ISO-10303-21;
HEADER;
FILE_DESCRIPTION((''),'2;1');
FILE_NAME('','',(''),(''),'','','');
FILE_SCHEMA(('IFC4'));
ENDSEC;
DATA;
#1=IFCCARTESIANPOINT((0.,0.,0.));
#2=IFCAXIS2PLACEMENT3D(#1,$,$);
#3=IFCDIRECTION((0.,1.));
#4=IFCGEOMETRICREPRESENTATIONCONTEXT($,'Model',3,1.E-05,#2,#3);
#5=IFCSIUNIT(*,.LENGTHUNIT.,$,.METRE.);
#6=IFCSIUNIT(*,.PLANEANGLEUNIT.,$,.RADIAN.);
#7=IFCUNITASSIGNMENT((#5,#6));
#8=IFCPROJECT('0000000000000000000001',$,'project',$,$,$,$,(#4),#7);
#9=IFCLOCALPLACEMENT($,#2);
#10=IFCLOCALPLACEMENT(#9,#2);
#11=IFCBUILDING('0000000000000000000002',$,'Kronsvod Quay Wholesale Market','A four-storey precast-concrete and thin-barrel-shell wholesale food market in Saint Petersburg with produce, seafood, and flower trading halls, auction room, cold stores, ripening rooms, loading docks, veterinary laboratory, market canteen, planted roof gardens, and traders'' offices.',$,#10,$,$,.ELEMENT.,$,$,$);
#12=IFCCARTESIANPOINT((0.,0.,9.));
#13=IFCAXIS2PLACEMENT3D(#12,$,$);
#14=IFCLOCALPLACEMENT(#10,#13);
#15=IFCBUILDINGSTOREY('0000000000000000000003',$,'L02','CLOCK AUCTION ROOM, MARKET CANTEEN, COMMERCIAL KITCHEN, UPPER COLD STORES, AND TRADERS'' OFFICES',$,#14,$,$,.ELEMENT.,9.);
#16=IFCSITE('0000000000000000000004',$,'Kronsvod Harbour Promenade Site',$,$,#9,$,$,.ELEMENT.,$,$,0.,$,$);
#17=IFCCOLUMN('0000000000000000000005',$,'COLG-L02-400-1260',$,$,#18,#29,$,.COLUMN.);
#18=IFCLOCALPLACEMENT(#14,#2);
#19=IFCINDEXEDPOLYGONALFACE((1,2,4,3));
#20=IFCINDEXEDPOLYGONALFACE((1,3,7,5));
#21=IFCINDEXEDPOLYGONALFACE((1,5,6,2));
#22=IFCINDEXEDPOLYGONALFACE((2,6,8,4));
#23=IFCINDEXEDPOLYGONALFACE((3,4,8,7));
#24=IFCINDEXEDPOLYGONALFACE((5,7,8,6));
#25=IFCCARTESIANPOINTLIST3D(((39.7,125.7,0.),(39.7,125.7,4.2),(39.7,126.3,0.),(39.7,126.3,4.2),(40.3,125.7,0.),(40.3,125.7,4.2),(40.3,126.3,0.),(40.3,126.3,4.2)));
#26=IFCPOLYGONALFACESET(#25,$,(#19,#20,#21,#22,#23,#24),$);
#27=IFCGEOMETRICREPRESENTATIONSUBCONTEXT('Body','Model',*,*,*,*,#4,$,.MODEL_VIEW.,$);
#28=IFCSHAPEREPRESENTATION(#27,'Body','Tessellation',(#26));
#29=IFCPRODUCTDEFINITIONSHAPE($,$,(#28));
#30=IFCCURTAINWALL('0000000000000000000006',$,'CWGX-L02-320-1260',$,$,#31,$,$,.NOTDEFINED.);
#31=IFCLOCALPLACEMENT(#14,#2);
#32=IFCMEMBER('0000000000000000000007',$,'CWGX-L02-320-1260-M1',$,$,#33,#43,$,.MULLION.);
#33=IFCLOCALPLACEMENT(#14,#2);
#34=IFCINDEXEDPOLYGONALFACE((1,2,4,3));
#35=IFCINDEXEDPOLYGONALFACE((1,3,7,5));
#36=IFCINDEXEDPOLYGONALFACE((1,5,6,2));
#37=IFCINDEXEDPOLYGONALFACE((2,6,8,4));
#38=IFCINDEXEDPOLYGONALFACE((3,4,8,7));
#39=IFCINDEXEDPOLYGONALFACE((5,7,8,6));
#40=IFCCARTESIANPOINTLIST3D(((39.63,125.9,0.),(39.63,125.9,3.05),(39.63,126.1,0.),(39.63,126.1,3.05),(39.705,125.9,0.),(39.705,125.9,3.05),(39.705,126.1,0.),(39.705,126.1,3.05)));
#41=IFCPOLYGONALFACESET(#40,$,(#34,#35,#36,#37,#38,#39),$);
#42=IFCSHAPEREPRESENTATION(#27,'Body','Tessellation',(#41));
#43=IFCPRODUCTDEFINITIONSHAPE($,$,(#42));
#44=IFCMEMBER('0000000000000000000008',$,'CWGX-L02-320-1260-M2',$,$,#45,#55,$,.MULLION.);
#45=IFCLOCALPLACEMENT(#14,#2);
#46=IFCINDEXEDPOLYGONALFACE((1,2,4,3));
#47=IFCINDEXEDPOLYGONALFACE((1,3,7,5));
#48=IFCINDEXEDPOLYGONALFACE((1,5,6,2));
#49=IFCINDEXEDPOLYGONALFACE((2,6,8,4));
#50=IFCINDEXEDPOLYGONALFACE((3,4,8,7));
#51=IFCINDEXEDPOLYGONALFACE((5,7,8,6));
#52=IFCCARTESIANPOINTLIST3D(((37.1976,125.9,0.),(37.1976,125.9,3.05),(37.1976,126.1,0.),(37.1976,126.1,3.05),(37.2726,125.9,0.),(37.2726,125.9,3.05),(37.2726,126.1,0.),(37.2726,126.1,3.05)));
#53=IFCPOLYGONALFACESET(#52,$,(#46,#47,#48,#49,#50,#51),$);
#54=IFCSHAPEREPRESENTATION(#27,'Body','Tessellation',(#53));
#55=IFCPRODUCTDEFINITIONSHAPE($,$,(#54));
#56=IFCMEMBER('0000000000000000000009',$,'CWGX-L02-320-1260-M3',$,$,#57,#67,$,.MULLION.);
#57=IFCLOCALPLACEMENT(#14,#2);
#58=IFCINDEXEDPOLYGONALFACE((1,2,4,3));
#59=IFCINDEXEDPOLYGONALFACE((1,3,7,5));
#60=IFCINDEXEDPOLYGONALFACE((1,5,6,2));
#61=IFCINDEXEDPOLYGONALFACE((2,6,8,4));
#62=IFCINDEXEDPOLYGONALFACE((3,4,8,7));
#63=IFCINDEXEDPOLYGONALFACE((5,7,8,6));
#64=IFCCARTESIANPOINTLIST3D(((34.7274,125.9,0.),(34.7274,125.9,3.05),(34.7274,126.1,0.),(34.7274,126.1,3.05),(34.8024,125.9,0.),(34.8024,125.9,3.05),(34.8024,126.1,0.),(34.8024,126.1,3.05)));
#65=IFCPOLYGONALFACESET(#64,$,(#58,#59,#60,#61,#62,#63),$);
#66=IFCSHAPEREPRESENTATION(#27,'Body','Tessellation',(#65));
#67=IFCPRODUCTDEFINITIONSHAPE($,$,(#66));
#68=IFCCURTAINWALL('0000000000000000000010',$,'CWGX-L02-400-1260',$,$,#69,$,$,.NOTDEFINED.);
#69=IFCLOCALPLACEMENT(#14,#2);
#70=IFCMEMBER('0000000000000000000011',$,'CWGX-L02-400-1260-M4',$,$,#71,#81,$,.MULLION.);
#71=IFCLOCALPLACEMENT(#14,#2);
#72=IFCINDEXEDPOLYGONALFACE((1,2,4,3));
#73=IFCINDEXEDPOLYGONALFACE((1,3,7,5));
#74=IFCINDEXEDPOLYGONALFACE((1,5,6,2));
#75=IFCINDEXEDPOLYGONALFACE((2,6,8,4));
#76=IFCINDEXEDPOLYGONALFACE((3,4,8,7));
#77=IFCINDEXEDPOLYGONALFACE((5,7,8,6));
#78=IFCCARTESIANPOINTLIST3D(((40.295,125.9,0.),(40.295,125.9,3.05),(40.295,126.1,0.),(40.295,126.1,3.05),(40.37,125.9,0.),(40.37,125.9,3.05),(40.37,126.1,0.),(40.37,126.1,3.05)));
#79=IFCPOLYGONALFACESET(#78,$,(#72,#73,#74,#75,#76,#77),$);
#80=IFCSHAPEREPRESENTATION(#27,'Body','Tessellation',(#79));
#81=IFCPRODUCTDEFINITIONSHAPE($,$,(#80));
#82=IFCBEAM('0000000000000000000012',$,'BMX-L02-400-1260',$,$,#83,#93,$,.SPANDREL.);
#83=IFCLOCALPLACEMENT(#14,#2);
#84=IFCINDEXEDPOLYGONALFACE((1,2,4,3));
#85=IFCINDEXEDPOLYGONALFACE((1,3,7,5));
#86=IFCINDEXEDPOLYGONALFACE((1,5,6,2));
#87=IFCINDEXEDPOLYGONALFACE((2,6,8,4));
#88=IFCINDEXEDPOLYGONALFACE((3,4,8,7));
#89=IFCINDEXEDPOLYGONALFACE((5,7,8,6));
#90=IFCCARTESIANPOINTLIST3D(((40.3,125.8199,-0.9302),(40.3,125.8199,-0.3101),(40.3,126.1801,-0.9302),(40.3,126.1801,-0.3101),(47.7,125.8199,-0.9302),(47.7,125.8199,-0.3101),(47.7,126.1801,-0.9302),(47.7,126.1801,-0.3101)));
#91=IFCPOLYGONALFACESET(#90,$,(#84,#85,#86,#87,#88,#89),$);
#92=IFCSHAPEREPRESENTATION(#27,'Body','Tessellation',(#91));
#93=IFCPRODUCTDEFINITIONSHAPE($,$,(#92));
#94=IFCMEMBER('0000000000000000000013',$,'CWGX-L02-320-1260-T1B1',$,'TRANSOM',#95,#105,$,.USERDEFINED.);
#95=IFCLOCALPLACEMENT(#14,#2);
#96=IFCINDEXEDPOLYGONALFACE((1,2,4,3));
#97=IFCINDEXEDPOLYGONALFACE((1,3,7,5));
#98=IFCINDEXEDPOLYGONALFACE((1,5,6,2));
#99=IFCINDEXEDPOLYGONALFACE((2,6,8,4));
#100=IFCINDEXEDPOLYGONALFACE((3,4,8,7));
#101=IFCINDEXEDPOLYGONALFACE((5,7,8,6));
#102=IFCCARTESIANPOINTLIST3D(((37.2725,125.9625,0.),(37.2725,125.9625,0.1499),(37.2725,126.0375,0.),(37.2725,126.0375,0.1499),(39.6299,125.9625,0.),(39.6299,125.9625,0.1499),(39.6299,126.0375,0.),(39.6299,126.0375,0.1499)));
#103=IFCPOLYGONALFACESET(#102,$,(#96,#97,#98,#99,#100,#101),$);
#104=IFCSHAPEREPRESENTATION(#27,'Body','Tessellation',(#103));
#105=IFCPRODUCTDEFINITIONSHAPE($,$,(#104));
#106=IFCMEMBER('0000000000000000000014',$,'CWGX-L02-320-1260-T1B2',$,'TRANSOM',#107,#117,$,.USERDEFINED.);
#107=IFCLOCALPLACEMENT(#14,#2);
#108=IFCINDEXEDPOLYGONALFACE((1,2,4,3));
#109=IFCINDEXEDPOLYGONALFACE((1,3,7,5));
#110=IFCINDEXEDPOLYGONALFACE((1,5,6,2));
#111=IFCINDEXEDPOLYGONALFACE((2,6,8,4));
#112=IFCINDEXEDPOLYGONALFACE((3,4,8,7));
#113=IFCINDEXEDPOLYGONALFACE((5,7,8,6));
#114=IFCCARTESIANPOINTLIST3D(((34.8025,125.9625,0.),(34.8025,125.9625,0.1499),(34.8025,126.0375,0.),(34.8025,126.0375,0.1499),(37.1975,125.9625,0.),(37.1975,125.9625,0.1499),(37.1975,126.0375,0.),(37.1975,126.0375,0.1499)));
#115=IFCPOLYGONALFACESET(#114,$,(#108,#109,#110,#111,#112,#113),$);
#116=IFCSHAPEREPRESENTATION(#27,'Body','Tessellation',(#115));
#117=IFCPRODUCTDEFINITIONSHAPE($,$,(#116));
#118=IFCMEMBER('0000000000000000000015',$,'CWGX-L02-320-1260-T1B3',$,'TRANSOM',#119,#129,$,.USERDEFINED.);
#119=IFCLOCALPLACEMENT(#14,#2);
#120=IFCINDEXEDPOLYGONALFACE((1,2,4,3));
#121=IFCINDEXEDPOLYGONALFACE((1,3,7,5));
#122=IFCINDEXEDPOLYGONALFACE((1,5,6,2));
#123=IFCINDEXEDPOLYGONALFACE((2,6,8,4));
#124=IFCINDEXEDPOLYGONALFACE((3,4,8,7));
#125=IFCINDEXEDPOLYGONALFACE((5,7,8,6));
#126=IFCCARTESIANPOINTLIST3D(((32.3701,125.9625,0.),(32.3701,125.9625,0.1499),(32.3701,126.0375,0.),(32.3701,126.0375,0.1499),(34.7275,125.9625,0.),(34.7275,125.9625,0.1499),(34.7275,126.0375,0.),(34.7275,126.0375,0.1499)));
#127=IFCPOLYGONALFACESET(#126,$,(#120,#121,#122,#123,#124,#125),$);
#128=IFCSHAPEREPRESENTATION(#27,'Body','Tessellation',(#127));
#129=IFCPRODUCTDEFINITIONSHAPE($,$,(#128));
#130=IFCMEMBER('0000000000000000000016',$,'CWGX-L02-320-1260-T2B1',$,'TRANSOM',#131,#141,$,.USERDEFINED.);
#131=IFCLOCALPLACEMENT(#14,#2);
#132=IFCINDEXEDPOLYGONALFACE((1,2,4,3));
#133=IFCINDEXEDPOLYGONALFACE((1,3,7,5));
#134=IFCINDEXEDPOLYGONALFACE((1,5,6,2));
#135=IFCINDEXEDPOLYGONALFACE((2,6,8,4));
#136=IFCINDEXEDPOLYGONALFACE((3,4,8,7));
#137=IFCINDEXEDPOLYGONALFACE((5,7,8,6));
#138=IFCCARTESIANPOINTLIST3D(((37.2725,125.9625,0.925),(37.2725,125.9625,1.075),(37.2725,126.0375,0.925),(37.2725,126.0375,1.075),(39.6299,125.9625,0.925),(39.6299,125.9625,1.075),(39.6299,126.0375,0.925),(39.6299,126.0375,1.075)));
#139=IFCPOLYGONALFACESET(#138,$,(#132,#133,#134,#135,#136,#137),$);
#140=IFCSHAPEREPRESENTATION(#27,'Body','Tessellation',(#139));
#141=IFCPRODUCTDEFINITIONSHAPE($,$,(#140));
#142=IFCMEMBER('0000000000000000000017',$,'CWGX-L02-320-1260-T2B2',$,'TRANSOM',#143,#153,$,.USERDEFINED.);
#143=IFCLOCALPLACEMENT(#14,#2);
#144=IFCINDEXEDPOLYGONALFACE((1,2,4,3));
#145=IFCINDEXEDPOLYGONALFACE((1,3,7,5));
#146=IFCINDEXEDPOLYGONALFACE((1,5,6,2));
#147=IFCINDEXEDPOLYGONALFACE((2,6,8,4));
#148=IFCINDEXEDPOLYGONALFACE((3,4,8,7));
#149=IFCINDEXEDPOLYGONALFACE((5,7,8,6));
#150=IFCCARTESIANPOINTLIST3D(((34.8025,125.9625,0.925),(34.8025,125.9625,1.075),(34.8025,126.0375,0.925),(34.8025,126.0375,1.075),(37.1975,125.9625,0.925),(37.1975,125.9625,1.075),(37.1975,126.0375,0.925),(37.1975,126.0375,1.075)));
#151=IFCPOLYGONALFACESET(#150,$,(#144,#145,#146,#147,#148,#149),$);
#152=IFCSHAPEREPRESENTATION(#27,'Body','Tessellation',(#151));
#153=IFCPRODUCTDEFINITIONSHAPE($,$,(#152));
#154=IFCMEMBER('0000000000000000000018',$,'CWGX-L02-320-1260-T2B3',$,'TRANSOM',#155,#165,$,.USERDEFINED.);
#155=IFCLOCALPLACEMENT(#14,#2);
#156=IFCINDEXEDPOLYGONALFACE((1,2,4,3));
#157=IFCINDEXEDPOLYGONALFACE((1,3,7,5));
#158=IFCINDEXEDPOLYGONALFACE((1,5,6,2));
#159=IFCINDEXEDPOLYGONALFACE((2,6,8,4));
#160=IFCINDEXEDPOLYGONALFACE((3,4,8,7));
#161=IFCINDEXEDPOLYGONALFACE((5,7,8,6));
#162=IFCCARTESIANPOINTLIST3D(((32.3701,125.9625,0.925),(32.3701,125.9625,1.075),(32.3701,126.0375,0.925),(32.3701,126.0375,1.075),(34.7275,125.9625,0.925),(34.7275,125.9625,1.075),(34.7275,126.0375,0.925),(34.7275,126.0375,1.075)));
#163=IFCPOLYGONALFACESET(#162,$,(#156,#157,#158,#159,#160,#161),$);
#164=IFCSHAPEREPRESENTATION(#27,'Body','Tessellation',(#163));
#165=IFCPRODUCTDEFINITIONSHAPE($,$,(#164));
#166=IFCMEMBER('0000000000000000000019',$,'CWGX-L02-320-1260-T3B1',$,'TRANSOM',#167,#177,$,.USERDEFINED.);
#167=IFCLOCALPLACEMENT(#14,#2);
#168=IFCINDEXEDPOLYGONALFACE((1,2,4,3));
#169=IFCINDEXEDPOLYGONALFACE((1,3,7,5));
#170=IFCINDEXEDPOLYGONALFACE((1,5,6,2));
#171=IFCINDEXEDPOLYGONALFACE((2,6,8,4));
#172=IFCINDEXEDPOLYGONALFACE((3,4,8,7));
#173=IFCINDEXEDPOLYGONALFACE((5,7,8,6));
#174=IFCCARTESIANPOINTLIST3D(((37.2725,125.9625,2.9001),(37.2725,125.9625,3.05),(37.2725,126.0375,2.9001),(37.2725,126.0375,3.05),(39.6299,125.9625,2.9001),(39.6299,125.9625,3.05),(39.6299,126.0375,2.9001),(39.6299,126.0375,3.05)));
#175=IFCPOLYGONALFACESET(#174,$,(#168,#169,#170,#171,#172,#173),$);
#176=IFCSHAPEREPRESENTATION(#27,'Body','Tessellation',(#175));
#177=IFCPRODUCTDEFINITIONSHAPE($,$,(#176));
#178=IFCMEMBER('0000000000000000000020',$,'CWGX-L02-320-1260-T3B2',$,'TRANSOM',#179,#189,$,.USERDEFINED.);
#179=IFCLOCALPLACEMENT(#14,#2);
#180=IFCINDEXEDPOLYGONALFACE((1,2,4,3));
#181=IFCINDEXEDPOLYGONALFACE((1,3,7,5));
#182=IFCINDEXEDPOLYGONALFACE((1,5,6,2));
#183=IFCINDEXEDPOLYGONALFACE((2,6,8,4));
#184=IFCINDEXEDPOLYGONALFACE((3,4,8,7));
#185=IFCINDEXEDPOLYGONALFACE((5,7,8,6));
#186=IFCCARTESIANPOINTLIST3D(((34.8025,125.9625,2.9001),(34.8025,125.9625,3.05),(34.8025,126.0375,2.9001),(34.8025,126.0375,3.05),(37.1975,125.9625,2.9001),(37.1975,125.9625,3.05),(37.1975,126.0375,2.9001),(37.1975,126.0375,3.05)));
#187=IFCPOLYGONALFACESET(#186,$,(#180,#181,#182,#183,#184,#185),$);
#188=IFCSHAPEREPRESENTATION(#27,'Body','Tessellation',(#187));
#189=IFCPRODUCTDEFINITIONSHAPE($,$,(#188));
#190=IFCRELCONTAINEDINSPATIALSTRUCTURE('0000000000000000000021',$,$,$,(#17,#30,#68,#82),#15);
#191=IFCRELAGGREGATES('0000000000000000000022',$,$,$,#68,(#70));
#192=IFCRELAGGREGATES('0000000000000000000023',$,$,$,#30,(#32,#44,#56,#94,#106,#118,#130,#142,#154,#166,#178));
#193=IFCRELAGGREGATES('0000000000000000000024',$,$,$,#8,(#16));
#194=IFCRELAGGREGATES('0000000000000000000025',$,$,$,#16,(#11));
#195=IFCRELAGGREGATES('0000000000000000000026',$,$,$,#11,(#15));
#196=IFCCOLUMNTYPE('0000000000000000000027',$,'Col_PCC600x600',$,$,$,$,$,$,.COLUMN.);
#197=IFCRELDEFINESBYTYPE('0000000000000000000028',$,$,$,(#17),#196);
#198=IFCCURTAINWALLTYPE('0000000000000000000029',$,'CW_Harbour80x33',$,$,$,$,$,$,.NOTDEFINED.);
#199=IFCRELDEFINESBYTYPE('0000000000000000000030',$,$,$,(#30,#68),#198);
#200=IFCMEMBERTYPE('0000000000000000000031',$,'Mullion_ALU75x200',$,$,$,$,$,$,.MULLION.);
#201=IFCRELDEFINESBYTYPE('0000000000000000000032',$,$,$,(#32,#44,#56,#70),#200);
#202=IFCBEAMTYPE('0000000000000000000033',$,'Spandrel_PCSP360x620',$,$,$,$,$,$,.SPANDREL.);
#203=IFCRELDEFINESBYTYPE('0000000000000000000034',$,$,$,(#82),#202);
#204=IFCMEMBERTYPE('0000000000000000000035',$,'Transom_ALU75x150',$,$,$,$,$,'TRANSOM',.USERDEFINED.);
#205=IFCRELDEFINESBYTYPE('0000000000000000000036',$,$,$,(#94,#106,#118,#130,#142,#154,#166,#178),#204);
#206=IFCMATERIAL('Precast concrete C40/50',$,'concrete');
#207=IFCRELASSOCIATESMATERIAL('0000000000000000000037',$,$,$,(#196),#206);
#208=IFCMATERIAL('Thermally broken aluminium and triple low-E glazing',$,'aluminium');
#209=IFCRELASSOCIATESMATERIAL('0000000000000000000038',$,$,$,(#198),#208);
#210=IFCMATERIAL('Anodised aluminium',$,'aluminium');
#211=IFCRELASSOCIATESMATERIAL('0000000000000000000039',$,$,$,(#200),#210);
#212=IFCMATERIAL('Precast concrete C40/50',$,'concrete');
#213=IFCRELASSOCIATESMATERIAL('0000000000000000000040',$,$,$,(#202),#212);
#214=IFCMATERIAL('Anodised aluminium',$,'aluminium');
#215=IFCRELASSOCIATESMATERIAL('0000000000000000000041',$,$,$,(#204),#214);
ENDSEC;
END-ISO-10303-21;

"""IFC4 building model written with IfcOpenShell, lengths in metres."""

from ifc_helpers import new_model, si_unit, direction, frame, origin, origin_2d, place, context, subcontext, project, spatial, rectangle, extrude, material, material_profile, profile_set, type_object, element, aggregate, save


model = new_model("IFC4")

# Units and contexts
model_context = context("Model", 3, precision=1e-05, world=origin(), true_north=direction((0.0, 1.0)))
body_context = subcontext(model_context, "Body", "Model", "MODEL_VIEW")
ifc_project = project(units=[si_unit("LENGTHUNIT", "METRE"), si_unit("PLANEANGLEUNIT", "RADIAN")], contexts=[model_context])

# Site, building, storey
site_placement = place(None, origin())
site = spatial("IfcSite", under=ifc_project, at=site_placement, Name="Kronsvod Harbour Promenade Site", CompositionType="ELEMENT", RefElevation=0.0)
building_placement = place(site_placement, origin())
building = spatial("IfcBuilding", under=site, at=building_placement, Name="Kronsvod Quay Wholesale Market", Description="A four-storey precast-concrete and thin-barrel-shell wholesale food market in Saint Petersburg with produce, seafood, and flower trading halls, auction room, cold stores, ripening rooms, loading docks, veterinary laboratory, market canteen, planted roof gardens, and traders' offices.", CompositionType="ELEMENT")
storey_placement = place(building_placement, frame((0.0, 0.0, 9.0)))
storey = spatial("IfcBuildingStorey", under=building, at=storey_placement, Name="L02", Description="CLOCK AUCTION ROOM, MARKET CANTEEN, COMMERCIAL KITCHEN, UPPER COLD STORES, AND TRADERS' OFFICES", CompositionType="ELEMENT", Elevation=9.0)

# Column
ifc_material_1 = material(Name="Precast concrete C40/50", Category="concrete")
ifc_material_profile_1 = material_profile(ifc_material_1, rectangle(XDim=0.6001, YDim=0.6001, at=origin_2d()), Name="PCC600x600")
ifc_profile_set_1 = profile_set([ifc_material_profile_1], Name="Precast concrete C40/50")
column_type = type_object("IfcColumnType", Name="Col_PCC600x600", PredefinedType="COLUMN", material=ifc_profile_set_1)
column_placement = place(storey_placement, frame((40.0, 126.0, 0.0), z_axis=(0.0, 0.0, 1.0), x_axis=(1.0, 0.0, 0.0)))
element("IfcColumn", 1, at=column_placement, inside=storey, type_object=column_type, Name="COLG-L02-400-1260", PredefinedType="COLUMN", context=body_context, shape_type="SweptSolid", body=[
    extrude(rectangle(XDim=0.6001, YDim=0.6001, at=origin_2d()), origin(), (0.0, 0.0, 1.0), 4.2),
])

# Curtain wall, members
ifc_material_2 = material(Name="Thermally broken aluminium and triple low-E glazing", Category="aluminium")
curtain_wall_type = type_object("IfcCurtainWallType", Name="CW_Harbour80x33", PredefinedType="NOTDEFINED", material=ifc_material_2)
curtain_wall_1_placement = place(storey_placement, origin())
curtain_wall_1 = element("IfcCurtainWall", 2, at=curtain_wall_1_placement, inside=storey, type_object=curtain_wall_type, Name="CWGX-L02-320-1260", PredefinedType="NOTDEFINED")
ifc_material_3 = material(Name="Anodised aluminium", Category="aluminium")
ifc_material_profile_2 = material_profile(ifc_material_3, rectangle(XDim=0.075, YDim=0.2, at=origin_2d()), Name="ALUM75x200")
ifc_profile_set_2 = profile_set([ifc_material_profile_2], Name="Anodised aluminium")
member_type_1 = type_object("IfcMemberType", Name="Mullion_ALU75x200", PredefinedType="MULLION", material=ifc_profile_set_2)
member_1_placement = place(storey_placement, frame((39.6675, 126.0, 0.0), z_axis=(0.0, 0.0, 1.0), x_axis=(1.0, 0.0, 0.0)))
member_1 = element("IfcMember", 3, at=member_1_placement, type_object=member_type_1, Name="CWGX-L02-320-1260-M1", PredefinedType="MULLION", context=body_context, shape_type="SweptSolid", body=[
    extrude(rectangle(XDim=0.075, YDim=0.2, at=origin_2d()), origin(), (0.0, 0.0, 1.0), 3.05),
])
member_2_placement = place(storey_placement, frame((37.2351, 126.0, 0.0), z_axis=(0.0, 0.0, 1.0), x_axis=(1.0, 0.0, 0.0)))
member_2 = element("IfcMember", 4, at=member_2_placement, type_object=member_type_1, Name="CWGX-L02-320-1260-M2", PredefinedType="MULLION", context=body_context, shape_type="SweptSolid", body=[
    extrude(rectangle(XDim=0.075, YDim=0.2, at=origin_2d()), origin(), (0.0, 0.0, 1.0), 3.05),
])
member_3_placement = place(storey_placement, frame((34.7649, 126.0, 0.0), z_axis=(0.0, 0.0, 1.0), x_axis=(1.0, 0.0, 0.0)))
member_3 = element("IfcMember", 5, at=member_3_placement, type_object=member_type_1, Name="CWGX-L02-320-1260-M3", PredefinedType="MULLION", context=body_context, shape_type="SweptSolid", body=[
    extrude(rectangle(XDim=0.075, YDim=0.2, at=origin_2d()), origin(), (0.0, 0.0, 1.0), 3.05),
])

# Curtain wall, member
curtain_wall_2_placement = place(storey_placement, origin())
curtain_wall_2 = element("IfcCurtainWall", 6, at=curtain_wall_2_placement, inside=storey, type_object=curtain_wall_type, Name="CWGX-L02-400-1260", PredefinedType="NOTDEFINED")
member_4_placement = place(storey_placement, frame((40.3325, 126.0, 0.0), z_axis=(0.0, 0.0, 1.0), x_axis=(1.0, 0.0, 0.0)))
member_4 = element("IfcMember", 7, at=member_4_placement, type_object=member_type_1, Name="CWGX-L02-400-1260-M4", PredefinedType="MULLION", context=body_context, shape_type="SweptSolid", body=[
    extrude(rectangle(XDim=0.075, YDim=0.2, at=origin_2d()), origin(), (0.0, 0.0, 1.0), 3.05),
])
aggregate(curtain_wall_2, [member_4])

# Beam
ifc_material_4 = material(Name="Precast concrete C40/50", Category="concrete")
ifc_material_profile_3 = material_profile(ifc_material_4, rectangle(XDim=0.3601, YDim=0.6201, at=origin_2d()), Name="SPB-02")
ifc_profile_set_3 = profile_set([ifc_material_profile_3], Name="Precast concrete C40/50")
beam_type = type_object("IfcBeamType", Name="Spandrel_PCSP360x620", PredefinedType="SPANDREL", material=ifc_profile_set_3)
beam_placement = place(storey_placement, frame((40.3, 126.0, -0.6201), z_axis=(1.0, 0.0, 0.0), x_axis=(0.0, 1.0, 0.0)))
element("IfcBeam", 8, at=beam_placement, inside=storey, type_object=beam_type, Name="BMX-L02-400-1260", PredefinedType="SPANDREL", context=body_context, shape_type="SweptSolid", body=[
    extrude(rectangle(XDim=0.3601, YDim=0.6201, at=origin_2d()), origin(), (0.0, 0.0, 1.0), 7.3999),
])

# Members
ifc_material_5 = material(Name="Anodised aluminium", Category="aluminium")
ifc_material_profile_4 = material_profile(ifc_material_5, rectangle(XDim=0.075, YDim=0.1499, at=origin_2d()), Name="ALUT75x150")
ifc_profile_set_4 = profile_set([ifc_material_profile_4], Name="Anodised aluminium")
member_type_2 = type_object("IfcMemberType", Name="Transom_ALU75x150", ElementType="TRANSOM", PredefinedType="USERDEFINED", material=ifc_profile_set_4)
member_5_placement = place(storey_placement, frame((39.6299, 126.0, 0.075), z_axis=(-1.0, 0.0, 0.0), x_axis=(0.0, -1.0, 0.0)))
member_5 = element("IfcMember", 9, at=member_5_placement, type_object=member_type_2, Name="CWGX-L02-320-1260-T1B1", ObjectType="TRANSOM", PredefinedType="USERDEFINED", context=body_context, shape_type="SweptSolid", body=[
    extrude(rectangle(XDim=0.075, YDim=0.1499, at=origin_2d()), origin(), (0.0, 0.0, 1.0), 2.3574),
])
member_6_placement = place(storey_placement, frame((37.1975, 126.0, 0.075), z_axis=(-1.0, 0.0, 0.0), x_axis=(0.0, -1.0, 0.0)))
member_6 = element("IfcMember", 10, at=member_6_placement, type_object=member_type_2, Name="CWGX-L02-320-1260-T1B2", ObjectType="TRANSOM", PredefinedType="USERDEFINED", context=body_context, shape_type="SweptSolid", body=[
    extrude(rectangle(XDim=0.075, YDim=0.1499, at=origin_2d()), origin(), (0.0, 0.0, 1.0), 2.395),
])
member_7_placement = place(storey_placement, frame((34.7275, 126.0, 0.075), z_axis=(-1.0, 0.0, 0.0), x_axis=(0.0, -1.0, 0.0)))
member_7 = element("IfcMember", 11, at=member_7_placement, type_object=member_type_2, Name="CWGX-L02-320-1260-T1B3", ObjectType="TRANSOM", PredefinedType="USERDEFINED", context=body_context, shape_type="SweptSolid", body=[
    extrude(rectangle(XDim=0.075, YDim=0.1499, at=origin_2d()), origin(), (0.0, 0.0, 1.0), 2.3574),
])
member_8_placement = place(storey_placement, frame((39.6299, 126.0, 1.0), z_axis=(-1.0, 0.0, 0.0), x_axis=(0.0, -1.0, 0.0)))
member_8 = element("IfcMember", 12, at=member_8_placement, type_object=member_type_2, Name="CWGX-L02-320-1260-T2B1", ObjectType="TRANSOM", PredefinedType="USERDEFINED", context=body_context, shape_type="SweptSolid", body=[
    extrude(rectangle(XDim=0.075, YDim=0.1499, at=origin_2d()), origin(), (0.0, 0.0, 1.0), 2.3574),
])
member_9_placement = place(storey_placement, frame((37.1975, 126.0, 1.0), z_axis=(-1.0, 0.0, 0.0), x_axis=(0.0, -1.0, 0.0)))
member_9 = element("IfcMember", 13, at=member_9_placement, type_object=member_type_2, Name="CWGX-L02-320-1260-T2B2", ObjectType="TRANSOM", PredefinedType="USERDEFINED", context=body_context, shape_type="SweptSolid", body=[
    extrude(rectangle(XDim=0.075, YDim=0.1499, at=origin_2d()), origin(), (0.0, 0.0, 1.0), 2.395),
])
member_10_placement = place(storey_placement, frame((34.7275, 126.0, 1.0), z_axis=(-1.0, 0.0, 0.0), x_axis=(0.0, -1.0, 0.0)))
member_10 = element("IfcMember", 14, at=member_10_placement, type_object=member_type_2, Name="CWGX-L02-320-1260-T2B3", ObjectType="TRANSOM", PredefinedType="USERDEFINED", context=body_context, shape_type="SweptSolid", body=[
    extrude(rectangle(XDim=0.075, YDim=0.1499, at=origin_2d()), origin(), (0.0, 0.0, 1.0), 2.3574),
])
member_11_placement = place(storey_placement, frame((39.6299, 126.0, 2.9751), z_axis=(-1.0, 0.0, 0.0), x_axis=(0.0, -1.0, 0.0)))
member_11 = element("IfcMember", 15, at=member_11_placement, type_object=member_type_2, Name="CWGX-L02-320-1260-T3B1", ObjectType="TRANSOM", PredefinedType="USERDEFINED", context=body_context, shape_type="SweptSolid", body=[
    extrude(rectangle(XDim=0.075, YDim=0.1499, at=origin_2d()), origin(), (0.0, 0.0, 1.0), 2.3574),
])
member_12_placement = place(storey_placement, frame((37.1975, 126.0, 2.9751), z_axis=(-1.0, 0.0, 0.0), x_axis=(0.0, -1.0, 0.0)))
member_12 = element("IfcMember", 16, at=member_12_placement, type_object=member_type_2, Name="CWGX-L02-320-1260-T3B2", ObjectType="TRANSOM", PredefinedType="USERDEFINED", context=body_context, shape_type="SweptSolid", body=[
    extrude(rectangle(XDim=0.075, YDim=0.1499, at=origin_2d()), origin(), (0.0, 0.0, 1.0), 2.395),
])

aggregate(curtain_wall_1, [member_1, member_2, member_3, member_5, member_6, member_7, member_8, member_9, member_10, member_11, member_12])

save(model, "model.ifc")
